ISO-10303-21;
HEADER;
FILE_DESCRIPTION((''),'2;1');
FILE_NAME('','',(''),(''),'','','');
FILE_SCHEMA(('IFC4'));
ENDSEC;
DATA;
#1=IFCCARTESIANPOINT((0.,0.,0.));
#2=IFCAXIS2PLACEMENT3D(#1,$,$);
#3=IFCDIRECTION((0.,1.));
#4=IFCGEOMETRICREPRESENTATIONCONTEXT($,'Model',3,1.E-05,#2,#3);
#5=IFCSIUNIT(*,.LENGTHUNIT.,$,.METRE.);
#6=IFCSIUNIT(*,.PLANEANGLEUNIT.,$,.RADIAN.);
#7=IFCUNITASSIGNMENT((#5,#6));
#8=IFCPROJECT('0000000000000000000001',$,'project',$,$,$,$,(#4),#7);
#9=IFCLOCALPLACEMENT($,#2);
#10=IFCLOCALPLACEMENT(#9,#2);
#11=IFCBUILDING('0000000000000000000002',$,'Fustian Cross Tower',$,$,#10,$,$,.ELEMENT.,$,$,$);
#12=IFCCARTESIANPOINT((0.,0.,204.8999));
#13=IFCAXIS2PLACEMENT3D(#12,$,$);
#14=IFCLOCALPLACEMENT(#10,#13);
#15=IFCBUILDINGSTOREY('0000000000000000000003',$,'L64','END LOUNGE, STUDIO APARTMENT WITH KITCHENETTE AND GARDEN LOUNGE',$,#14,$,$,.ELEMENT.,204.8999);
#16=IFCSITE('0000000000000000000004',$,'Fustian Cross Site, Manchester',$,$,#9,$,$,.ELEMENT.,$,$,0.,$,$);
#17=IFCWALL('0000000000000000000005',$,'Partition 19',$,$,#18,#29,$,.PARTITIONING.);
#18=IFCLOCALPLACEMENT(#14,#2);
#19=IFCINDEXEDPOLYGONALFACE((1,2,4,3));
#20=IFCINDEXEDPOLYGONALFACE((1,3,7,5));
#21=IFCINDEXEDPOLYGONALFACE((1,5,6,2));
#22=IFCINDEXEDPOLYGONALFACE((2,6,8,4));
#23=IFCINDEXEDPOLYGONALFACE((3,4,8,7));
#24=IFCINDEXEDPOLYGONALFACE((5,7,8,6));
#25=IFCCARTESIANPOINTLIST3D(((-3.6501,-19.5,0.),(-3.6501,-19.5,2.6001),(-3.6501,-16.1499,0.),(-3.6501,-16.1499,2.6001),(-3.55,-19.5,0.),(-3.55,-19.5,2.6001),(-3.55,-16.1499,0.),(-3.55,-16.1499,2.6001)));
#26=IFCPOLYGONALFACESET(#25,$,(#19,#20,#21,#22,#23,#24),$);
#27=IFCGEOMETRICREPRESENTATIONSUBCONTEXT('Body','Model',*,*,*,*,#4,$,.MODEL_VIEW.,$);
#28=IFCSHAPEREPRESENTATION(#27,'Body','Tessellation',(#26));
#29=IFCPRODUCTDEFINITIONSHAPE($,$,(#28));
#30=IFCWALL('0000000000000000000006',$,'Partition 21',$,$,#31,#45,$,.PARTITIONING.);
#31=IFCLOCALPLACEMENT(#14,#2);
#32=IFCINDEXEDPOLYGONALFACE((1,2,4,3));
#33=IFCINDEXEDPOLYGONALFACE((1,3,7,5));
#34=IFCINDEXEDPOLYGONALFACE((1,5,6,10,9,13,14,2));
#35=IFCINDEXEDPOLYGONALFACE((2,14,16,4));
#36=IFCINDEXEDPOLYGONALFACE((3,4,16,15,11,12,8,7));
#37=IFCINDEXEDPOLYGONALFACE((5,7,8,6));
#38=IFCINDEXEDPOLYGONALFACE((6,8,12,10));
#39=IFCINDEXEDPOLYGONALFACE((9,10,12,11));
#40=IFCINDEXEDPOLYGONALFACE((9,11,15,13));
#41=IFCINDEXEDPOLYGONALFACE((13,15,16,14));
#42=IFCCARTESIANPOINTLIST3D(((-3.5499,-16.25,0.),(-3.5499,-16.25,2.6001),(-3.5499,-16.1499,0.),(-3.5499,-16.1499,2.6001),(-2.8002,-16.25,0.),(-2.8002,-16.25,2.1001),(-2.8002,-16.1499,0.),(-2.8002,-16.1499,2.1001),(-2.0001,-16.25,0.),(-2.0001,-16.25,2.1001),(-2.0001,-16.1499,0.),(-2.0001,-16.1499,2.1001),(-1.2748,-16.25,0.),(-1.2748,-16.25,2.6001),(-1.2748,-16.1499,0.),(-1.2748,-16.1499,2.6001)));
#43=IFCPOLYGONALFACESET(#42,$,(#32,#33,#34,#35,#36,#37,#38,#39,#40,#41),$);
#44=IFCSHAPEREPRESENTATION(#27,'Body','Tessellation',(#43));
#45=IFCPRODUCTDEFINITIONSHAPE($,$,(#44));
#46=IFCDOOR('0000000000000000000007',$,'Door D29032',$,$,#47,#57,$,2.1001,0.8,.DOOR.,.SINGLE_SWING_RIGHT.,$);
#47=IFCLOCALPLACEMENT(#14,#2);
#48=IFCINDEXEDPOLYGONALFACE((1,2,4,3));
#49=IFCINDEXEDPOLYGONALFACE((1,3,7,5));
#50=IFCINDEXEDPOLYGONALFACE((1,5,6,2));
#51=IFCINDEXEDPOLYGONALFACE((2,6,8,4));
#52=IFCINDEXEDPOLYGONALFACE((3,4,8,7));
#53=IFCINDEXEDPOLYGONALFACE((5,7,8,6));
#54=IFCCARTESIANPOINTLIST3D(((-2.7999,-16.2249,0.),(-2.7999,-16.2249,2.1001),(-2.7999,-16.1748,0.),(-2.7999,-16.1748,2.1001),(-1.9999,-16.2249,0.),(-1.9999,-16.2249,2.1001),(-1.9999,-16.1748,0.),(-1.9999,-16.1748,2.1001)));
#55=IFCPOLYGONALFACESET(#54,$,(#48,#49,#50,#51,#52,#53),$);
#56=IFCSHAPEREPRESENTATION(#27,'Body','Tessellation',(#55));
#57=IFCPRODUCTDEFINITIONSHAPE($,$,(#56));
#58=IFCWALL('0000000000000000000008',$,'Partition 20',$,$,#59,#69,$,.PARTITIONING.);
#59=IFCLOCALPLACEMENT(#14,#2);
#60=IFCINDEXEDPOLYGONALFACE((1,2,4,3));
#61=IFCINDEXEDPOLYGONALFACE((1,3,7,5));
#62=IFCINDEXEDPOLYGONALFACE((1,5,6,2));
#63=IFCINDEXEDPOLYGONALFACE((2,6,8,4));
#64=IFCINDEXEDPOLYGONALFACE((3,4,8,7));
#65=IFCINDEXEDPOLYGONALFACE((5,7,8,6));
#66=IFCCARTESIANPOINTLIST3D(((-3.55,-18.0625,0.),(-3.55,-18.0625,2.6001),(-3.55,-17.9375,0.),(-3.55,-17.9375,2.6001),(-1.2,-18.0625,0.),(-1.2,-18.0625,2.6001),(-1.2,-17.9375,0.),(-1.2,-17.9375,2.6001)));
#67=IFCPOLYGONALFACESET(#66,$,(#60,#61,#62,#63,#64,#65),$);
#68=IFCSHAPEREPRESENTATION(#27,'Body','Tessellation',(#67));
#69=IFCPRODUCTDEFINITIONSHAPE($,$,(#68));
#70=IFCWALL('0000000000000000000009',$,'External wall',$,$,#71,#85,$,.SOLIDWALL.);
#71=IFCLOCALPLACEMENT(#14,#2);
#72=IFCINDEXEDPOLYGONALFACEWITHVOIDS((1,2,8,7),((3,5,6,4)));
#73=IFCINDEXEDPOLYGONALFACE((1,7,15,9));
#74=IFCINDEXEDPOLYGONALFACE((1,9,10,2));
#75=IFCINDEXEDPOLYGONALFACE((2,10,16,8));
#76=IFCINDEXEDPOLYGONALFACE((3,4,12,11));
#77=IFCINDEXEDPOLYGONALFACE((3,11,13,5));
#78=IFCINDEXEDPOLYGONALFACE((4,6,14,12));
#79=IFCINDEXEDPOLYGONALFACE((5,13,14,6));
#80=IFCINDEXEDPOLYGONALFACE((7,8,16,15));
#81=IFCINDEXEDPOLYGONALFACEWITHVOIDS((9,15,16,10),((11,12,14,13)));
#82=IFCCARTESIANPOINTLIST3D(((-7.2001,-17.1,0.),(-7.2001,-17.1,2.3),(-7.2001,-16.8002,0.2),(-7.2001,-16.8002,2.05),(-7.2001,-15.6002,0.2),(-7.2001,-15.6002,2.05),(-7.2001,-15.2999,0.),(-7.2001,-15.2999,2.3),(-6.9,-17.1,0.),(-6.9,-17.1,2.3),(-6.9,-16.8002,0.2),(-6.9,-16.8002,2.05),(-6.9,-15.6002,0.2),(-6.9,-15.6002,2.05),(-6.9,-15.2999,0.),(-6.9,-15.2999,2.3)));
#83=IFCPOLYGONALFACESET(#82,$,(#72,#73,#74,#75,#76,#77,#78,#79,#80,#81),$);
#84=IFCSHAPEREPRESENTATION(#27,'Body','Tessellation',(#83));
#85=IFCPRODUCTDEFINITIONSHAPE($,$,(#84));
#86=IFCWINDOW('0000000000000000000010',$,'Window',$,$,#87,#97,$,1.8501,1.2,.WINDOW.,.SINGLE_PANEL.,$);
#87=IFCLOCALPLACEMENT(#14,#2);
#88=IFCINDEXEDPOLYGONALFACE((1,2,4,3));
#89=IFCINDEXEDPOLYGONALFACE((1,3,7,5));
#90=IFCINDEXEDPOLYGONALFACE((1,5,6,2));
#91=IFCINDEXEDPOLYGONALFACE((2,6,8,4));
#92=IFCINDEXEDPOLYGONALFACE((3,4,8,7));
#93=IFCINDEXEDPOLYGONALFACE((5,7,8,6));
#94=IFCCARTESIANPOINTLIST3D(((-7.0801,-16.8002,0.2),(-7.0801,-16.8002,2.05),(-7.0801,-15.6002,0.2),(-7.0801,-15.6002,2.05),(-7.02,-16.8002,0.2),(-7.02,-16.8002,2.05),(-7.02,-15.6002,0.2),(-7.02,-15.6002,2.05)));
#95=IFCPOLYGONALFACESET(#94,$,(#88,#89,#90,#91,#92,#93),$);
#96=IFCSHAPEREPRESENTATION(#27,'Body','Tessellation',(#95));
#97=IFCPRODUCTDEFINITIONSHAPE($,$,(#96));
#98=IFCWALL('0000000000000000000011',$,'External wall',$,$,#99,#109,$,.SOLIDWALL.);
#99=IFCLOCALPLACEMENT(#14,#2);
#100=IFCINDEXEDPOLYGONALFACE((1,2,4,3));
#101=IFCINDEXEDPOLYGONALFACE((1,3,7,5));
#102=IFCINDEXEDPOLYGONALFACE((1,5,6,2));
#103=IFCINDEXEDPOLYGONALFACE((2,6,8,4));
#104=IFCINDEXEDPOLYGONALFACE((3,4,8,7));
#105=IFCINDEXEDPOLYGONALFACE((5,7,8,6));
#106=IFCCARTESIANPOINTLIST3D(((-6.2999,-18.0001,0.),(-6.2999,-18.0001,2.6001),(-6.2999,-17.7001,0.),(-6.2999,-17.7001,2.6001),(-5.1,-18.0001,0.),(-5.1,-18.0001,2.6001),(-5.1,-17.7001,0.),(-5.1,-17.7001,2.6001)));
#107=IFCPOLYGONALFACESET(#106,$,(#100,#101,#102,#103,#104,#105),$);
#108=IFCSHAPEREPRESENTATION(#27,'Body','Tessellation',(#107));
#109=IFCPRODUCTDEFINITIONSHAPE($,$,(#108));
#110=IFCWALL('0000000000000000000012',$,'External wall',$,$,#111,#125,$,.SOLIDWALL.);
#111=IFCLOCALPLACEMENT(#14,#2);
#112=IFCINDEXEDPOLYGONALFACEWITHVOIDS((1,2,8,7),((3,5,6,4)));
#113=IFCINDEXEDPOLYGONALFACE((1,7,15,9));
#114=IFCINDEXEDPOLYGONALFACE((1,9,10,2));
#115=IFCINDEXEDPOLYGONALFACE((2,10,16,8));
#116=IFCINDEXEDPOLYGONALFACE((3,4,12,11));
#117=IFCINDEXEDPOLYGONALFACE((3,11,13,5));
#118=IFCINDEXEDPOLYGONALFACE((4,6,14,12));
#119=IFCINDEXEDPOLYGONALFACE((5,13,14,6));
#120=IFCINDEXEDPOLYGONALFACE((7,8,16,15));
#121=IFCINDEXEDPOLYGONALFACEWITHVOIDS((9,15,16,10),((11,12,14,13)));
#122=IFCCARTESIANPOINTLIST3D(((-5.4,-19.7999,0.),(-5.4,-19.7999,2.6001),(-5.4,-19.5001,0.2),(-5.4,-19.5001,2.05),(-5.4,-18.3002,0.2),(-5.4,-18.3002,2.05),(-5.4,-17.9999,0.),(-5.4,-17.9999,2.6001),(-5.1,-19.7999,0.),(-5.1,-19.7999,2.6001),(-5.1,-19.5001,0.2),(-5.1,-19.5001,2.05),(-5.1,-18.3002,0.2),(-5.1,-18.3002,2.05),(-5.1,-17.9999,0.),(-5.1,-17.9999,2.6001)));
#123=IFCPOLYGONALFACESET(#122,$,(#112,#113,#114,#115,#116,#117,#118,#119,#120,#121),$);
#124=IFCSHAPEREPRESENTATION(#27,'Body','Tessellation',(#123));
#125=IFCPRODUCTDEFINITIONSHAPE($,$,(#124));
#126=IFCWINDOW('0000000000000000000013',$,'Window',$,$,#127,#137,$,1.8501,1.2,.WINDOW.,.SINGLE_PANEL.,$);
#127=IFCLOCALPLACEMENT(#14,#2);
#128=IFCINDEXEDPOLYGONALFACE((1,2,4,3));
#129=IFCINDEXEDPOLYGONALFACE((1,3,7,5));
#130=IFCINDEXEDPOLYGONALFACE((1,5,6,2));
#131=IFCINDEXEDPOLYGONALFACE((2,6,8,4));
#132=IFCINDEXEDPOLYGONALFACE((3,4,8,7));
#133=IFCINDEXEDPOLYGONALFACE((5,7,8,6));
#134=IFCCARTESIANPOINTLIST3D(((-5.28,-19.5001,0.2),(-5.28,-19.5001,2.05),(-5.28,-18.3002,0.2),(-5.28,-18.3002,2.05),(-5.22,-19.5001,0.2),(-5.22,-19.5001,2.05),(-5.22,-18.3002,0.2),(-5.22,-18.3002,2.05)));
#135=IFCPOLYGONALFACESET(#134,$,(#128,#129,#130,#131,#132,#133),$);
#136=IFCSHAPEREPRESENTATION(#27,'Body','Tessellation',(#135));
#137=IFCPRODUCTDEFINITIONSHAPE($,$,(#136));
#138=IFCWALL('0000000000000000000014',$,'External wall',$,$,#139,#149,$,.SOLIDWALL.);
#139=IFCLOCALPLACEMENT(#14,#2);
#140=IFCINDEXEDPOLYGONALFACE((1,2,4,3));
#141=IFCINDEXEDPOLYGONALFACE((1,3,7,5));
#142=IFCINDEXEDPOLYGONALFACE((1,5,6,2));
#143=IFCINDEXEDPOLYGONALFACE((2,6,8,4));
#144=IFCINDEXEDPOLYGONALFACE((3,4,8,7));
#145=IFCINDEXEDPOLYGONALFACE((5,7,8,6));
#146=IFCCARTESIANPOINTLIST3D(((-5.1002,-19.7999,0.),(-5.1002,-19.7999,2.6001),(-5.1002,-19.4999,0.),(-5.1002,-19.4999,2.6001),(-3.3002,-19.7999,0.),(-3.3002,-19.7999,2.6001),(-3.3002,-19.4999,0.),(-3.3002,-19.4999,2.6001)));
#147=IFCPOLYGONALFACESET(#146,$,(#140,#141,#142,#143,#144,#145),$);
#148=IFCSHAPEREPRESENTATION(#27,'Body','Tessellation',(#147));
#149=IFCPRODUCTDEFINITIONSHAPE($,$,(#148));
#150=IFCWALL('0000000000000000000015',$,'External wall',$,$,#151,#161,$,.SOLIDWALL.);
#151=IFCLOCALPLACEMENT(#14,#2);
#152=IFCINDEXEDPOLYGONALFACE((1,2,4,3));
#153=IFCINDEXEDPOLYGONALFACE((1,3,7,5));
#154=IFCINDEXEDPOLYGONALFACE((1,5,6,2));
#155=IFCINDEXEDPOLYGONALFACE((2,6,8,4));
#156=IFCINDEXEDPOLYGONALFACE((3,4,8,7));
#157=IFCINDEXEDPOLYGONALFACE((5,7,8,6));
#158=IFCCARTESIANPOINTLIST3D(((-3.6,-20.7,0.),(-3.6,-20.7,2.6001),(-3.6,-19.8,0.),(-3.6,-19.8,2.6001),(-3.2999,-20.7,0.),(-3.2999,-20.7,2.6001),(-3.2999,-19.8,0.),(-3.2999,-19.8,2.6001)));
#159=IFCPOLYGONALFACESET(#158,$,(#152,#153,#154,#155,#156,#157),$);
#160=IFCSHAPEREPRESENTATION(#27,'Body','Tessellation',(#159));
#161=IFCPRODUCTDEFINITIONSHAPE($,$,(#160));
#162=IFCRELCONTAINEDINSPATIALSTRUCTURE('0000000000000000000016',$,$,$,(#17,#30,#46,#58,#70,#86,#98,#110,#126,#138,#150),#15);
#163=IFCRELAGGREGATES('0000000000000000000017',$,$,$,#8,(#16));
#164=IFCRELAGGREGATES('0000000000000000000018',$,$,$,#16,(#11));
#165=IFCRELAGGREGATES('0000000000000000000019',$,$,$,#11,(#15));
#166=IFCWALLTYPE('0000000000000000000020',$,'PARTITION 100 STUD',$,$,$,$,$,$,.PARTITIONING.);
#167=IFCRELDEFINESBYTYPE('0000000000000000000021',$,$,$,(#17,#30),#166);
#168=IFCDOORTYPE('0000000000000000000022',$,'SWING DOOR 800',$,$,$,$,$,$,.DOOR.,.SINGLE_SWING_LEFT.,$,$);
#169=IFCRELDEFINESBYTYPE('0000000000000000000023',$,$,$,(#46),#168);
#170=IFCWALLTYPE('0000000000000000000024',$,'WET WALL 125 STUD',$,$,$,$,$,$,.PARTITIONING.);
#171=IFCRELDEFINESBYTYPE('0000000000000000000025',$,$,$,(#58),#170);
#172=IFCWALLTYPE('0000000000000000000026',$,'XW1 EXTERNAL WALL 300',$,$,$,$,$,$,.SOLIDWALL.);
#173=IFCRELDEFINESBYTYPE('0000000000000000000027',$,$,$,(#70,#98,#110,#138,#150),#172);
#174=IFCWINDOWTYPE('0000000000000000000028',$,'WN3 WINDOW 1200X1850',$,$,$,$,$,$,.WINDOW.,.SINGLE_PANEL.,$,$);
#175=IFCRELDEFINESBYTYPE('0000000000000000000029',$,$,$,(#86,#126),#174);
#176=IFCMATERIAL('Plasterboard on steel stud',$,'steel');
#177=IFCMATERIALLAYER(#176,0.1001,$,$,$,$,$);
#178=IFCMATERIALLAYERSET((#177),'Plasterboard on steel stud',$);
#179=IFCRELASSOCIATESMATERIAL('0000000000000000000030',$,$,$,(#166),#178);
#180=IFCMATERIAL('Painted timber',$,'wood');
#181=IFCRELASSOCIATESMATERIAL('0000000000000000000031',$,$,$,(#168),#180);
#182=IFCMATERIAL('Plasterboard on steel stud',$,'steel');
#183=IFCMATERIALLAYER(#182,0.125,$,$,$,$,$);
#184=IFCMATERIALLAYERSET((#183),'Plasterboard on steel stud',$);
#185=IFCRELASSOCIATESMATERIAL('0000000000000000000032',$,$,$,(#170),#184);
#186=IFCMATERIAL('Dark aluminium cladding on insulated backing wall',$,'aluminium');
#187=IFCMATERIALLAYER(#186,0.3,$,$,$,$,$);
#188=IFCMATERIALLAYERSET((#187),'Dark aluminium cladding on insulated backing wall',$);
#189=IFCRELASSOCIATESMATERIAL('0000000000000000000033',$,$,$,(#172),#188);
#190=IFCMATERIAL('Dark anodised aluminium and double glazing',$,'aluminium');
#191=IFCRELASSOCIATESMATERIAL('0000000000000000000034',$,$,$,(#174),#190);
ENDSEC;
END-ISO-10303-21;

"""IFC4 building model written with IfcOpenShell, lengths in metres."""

from ifc_helpers import new_model, si_unit, direction, frame, frame_2d, origin, place, context, subcontext, project, spatial, rectangle, extrude, material, layer, layer_set, type_object, element, fill, save


model = new_model("IFC4")

# Units and contexts
model_context = context("Model", 3, precision=1e-05, world=origin(), true_north=direction((0.0, 1.0)))
body_context = subcontext(model_context, "Body", "Model", "MODEL_VIEW")
ifc_project = project(units=[si_unit("LENGTHUNIT", "METRE"), si_unit("PLANEANGLEUNIT", "RADIAN")], contexts=[model_context])

# Site, building, storey
site_placement = place(None, origin())
site = spatial("IfcSite", under=ifc_project, at=site_placement, Name="Fustian Cross Site, Manchester", CompositionType="ELEMENT", RefElevation=0.0)
building_placement = place(site_placement, origin())
building = spatial("IfcBuilding", under=site, at=building_placement, Name="Fustian Cross Tower", CompositionType="ELEMENT")
storey_placement = place(building_placement, frame((0.0, 0.0, 204.8999)))
storey = spatial("IfcBuildingStorey", under=building, at=storey_placement, Name="L64", Description="END LOUNGE, STUDIO APARTMENT WITH KITCHENETTE AND GARDEN LOUNGE", CompositionType="ELEMENT", Elevation=204.8999)

# Wall
ifc_material_1 = material(Name="Plasterboard on steel stud", Category="steel")
ifc_layer_1 = layer(ifc_material_1, 0.1001)
ifc_layer_set_1 = layer_set([ifc_layer_1], Name="Plasterboard on steel stud")
wall_type_1 = type_object("IfcWallType", Name="PARTITION 100 STUD", PredefinedType="PARTITIONING", material=ifc_layer_set_1)
wall_1_placement = place(storey_placement, frame((-3.6001, -19.5, 0.0), z_axis=(0.0, 0.0, 1.0), x_axis=(0.0, 1.0, 0.0)))
element("IfcWall", 1, at=wall_1_placement, inside=storey, type_object=wall_type_1, Name="Partition 19", PredefinedType="PARTITIONING", context=body_context, shape_type="SweptSolid", body=[
    extrude(rectangle(XDim=3.3501, YDim=0.1001, at=frame_2d((1.675, 0.0))), origin(), (0.0, 0.0, 1.0), 2.6001),
])

# Wall, opening, door
wall_2_placement = place(storey_placement, frame((-3.55, -16.2, 0.0), z_axis=(0.0, 0.0, 1.0), x_axis=(1.0, 0.0, 0.0)))
wall_2 = element("IfcWall", 2, at=wall_2_placement, inside=storey, type_object=wall_type_1, Name="Partition 21", PredefinedType="PARTITIONING", context=body_context, shape_type="SweptSolid", body=[
    extrude(rectangle(XDim=2.2751, YDim=0.1001, at=frame_2d((1.1377, 0.0))), origin(), (0.0, 0.0, 1.0), 2.6001),
])
opening_1_placement = place(wall_2_placement, frame((0.75, 0.0, 0.0)))
opening_1 = element("IfcOpeningElement", 3, at=opening_1_placement, cuts=wall_2, PredefinedType="OPENING", context=body_context, shape_type="SweptSolid", body=[
    extrude(rectangle(XDim=0.8, YDim=2.1001, at=frame_2d((0.3999, 1.05))), frame((0.0, 0.0601, 0.0), z_axis=(0.0, -1.0, 0.0), x_axis=(1.0, 0.0, 0.0)), (0.0, 0.0, 1.0), 0.1201),
])
ifc_material_2 = material(Name="Painted timber", Category="wood")
door_type_1 = type_object("IfcDoorType", Name="SWING DOOR 800", OperationType="SINGLE_SWING_LEFT", PredefinedType="DOOR", material=ifc_material_2)
door_1_placement = place(opening_1_placement, frame((0.8, 0.0, 0.0), z_axis=(0.0, 0.0, 1.0), x_axis=(-1.0, 0.0, 0.0)))
door_1 = element("IfcDoor", 4, at=door_1_placement, inside=storey, type_object=door_type_1, Name="Door D29032", OperationType="SINGLE_SWING_RIGHT", OverallHeight=2.1001, OverallWidth=0.8, PredefinedType="DOOR", context=body_context, shape_type="SweptSolid", body=[
    extrude(rectangle(XDim=0.8, YDim=2.1001, at=frame_2d((0.3999, 1.05))), frame((0.0, 0.0249, 0.0), z_axis=(0.0, -1.0, 0.0), x_axis=(1.0, 0.0, 0.0)), (0.0, 0.0, 1.0), 0.05),
])
fill(opening_1, door_1)

# Wall
ifc_material_3 = material(Name="Plasterboard on steel stud", Category="steel")
ifc_layer_2 = layer(ifc_material_3, 0.125)
ifc_layer_set_2 = layer_set([ifc_layer_2], Name="Plasterboard on steel stud")
wall_type_2 = type_object("IfcWallType", Name="WET WALL 125 STUD", PredefinedType="PARTITIONING", material=ifc_layer_set_2)
wall_3_placement = place(storey_placement, frame((-3.55, -18.0, 0.0), z_axis=(0.0, 0.0, 1.0), x_axis=(1.0, 0.0, 0.0)))
element("IfcWall", 5, at=wall_3_placement, inside=storey, type_object=wall_type_2, Name="Partition 20", PredefinedType="PARTITIONING", context=body_context, shape_type="SweptSolid", body=[
    extrude(rectangle(XDim=2.3501, YDim=0.125, at=frame_2d((1.175, 0.0))), origin(), (0.0, 0.0, 1.0), 2.6001),
])

# Wall, opening, window
ifc_material_4 = material(Name="Dark aluminium cladding on insulated backing wall", Category="aluminium")
ifc_layer_3 = layer(ifc_material_4, 0.3)
ifc_layer_set_3 = layer_set([ifc_layer_3], Name="Dark aluminium cladding on insulated backing wall")
wall_type_3 = type_object("IfcWallType", Name="XW1 EXTERNAL WALL 300", PredefinedType="SOLIDWALL", material=ifc_layer_set_3)
wall_4_placement = place(storey_placement, frame((-7.05, -15.3, 0.0), z_axis=(0.0, 0.0, 1.0), x_axis=(0.0, -1.0, 0.0)))
wall_4 = element("IfcWall", 6, at=wall_4_placement, inside=storey, type_object=wall_type_3, Name="External wall", PredefinedType="SOLIDWALL", context=body_context, shape_type="SweptSolid", body=[
    extrude(rectangle(XDim=1.8, YDim=0.3, at=frame_2d((0.8999, 0.0))), origin(), (0.0, 0.0, 1.0), 2.3),
])
opening_2_placement = place(wall_4_placement, frame((0.3, 0.0, 0.2)))
opening_2 = element("IfcOpeningElement", 7, at=opening_2_placement, cuts=wall_4, PredefinedType="OPENING", context=body_context, shape_type="SweptSolid", body=[
    extrude(rectangle(XDim=1.2, YDim=1.8501, at=frame_2d((0.6001, 0.925))), frame((0.0, 0.1599, 0.0), z_axis=(0.0, -1.0, 0.0), x_axis=(1.0, 0.0, 0.0)), (0.0, 0.0, 1.0), 0.3201),
])
ifc_material_5 = material(Name="Dark anodised aluminium and double glazing", Category="aluminium")
window_type_1 = type_object("IfcWindowType", Name="WN3 WINDOW 1200X1850", PartitioningType="SINGLE_PANEL", PredefinedType="WINDOW", material=ifc_material_5)
window_1_placement = place(opening_2_placement, origin())
window_1 = element("IfcWindow", 8, at=window_1_placement, inside=storey, type_object=window_type_1, Name="Window", OverallHeight=1.8501, OverallWidth=1.2, PartitioningType="SINGLE_PANEL", PredefinedType="WINDOW", context=body_context, shape_type="SweptSolid", body=[
    extrude(rectangle(XDim=1.2, YDim=1.8501, at=frame_2d((0.6001, 0.925))), frame((0.0, 0.03, 0.0), z_axis=(0.0, -1.0, 0.0), x_axis=(1.0, 0.0, 0.0)), (0.0, 0.0, 1.0), 0.0601),
])
fill(opening_2, window_1)

# Wall
wall_5_placement = place(storey_placement, frame((-6.3, -17.8501, 0.0), z_axis=(0.0, 0.0, 1.0), x_axis=(1.0, 0.0, 0.0)))
element("IfcWall", 9, at=wall_5_placement, inside=storey, type_object=wall_type_3, Name="External wall", PredefinedType="SOLIDWALL", context=body_context, shape_type="SweptSolid", body=[
    extrude(rectangle(XDim=1.2, YDim=0.3, at=frame_2d((0.6001, 0.0))), origin(), (0.0, 0.0, 1.0), 2.6001),
])

# Wall, opening, window
wall_6_placement = place(storey_placement, frame((-5.25, -18.0, 0.0), z_axis=(0.0, 0.0, 1.0), x_axis=(0.0, -1.0, 0.0)))
wall_6 = element("IfcWall", 10, at=wall_6_placement, inside=storey, type_object=wall_type_3, Name="External wall", PredefinedType="SOLIDWALL", context=body_context, shape_type="SweptSolid", body=[
    extrude(rectangle(XDim=1.8, YDim=0.3, at=frame_2d((0.8999, 0.0))), origin(), (0.0, 0.0, 1.0), 2.6001),
])
opening_3_placement = place(wall_6_placement, frame((0.3, 0.0, 0.2)))
opening_3 = element("IfcOpeningElement", 11, at=opening_3_placement, cuts=wall_6, PredefinedType="OPENING", context=body_context, shape_type="SweptSolid", body=[
    extrude(rectangle(XDim=1.2, YDim=1.8501, at=frame_2d((0.6001, 0.925))), frame((0.0, 0.1599, 0.0), z_axis=(0.0, -1.0, 0.0), x_axis=(1.0, 0.0, 0.0)), (0.0, 0.0, 1.0), 0.3201),
])
window_2_placement = place(opening_3_placement, origin())
window_2 = element("IfcWindow", 12, at=window_2_placement, inside=storey, type_object=window_type_1, Name="Window", OverallHeight=1.8501, OverallWidth=1.2, PartitioningType="SINGLE_PANEL", PredefinedType="WINDOW", context=body_context, shape_type="SweptSolid", body=[
    extrude(rectangle(XDim=1.2, YDim=1.8501, at=frame_2d((0.6001, 0.925))), frame((0.0, 0.03, 0.0), z_axis=(0.0, -1.0, 0.0), x_axis=(1.0, 0.0, 0.0)), (0.0, 0.0, 1.0), 0.0601),
])
fill(opening_3, window_2)

# Walls
wall_7_placement = place(storey_placement, frame((-5.1001, -19.6499, 0.0), z_axis=(0.0, 0.0, 1.0), x_axis=(1.0, 0.0, 0.0)))
element("IfcWall", 13, at=wall_7_placement, inside=storey, type_object=wall_type_3, Name="External wall", PredefinedType="SOLIDWALL", context=body_context, shape_type="SweptSolid", body=[
    extrude(rectangle(XDim=1.8, YDim=0.3, at=frame_2d((0.8999, 0.0))), origin(), (0.0, 0.0, 1.0), 2.6001),
])
wall_8_placement = place(storey_placement, frame((-3.45, -19.8, 0.0), z_axis=(0.0, 0.0, 1.0), x_axis=(0.0, -1.0, 0.0)))
element("IfcWall", 14, at=wall_8_placement, inside=storey, type_object=wall_type_3, Name="External wall", PredefinedType="SOLIDWALL", context=body_context, shape_type="SweptSolid", body=[
    extrude(rectangle(XDim=0.8999, YDim=0.3, at=frame_2d((0.45, 0.0))), origin(), (0.0, 0.0, 1.0), 2.6001),
])

save(model, "model.ifc")
